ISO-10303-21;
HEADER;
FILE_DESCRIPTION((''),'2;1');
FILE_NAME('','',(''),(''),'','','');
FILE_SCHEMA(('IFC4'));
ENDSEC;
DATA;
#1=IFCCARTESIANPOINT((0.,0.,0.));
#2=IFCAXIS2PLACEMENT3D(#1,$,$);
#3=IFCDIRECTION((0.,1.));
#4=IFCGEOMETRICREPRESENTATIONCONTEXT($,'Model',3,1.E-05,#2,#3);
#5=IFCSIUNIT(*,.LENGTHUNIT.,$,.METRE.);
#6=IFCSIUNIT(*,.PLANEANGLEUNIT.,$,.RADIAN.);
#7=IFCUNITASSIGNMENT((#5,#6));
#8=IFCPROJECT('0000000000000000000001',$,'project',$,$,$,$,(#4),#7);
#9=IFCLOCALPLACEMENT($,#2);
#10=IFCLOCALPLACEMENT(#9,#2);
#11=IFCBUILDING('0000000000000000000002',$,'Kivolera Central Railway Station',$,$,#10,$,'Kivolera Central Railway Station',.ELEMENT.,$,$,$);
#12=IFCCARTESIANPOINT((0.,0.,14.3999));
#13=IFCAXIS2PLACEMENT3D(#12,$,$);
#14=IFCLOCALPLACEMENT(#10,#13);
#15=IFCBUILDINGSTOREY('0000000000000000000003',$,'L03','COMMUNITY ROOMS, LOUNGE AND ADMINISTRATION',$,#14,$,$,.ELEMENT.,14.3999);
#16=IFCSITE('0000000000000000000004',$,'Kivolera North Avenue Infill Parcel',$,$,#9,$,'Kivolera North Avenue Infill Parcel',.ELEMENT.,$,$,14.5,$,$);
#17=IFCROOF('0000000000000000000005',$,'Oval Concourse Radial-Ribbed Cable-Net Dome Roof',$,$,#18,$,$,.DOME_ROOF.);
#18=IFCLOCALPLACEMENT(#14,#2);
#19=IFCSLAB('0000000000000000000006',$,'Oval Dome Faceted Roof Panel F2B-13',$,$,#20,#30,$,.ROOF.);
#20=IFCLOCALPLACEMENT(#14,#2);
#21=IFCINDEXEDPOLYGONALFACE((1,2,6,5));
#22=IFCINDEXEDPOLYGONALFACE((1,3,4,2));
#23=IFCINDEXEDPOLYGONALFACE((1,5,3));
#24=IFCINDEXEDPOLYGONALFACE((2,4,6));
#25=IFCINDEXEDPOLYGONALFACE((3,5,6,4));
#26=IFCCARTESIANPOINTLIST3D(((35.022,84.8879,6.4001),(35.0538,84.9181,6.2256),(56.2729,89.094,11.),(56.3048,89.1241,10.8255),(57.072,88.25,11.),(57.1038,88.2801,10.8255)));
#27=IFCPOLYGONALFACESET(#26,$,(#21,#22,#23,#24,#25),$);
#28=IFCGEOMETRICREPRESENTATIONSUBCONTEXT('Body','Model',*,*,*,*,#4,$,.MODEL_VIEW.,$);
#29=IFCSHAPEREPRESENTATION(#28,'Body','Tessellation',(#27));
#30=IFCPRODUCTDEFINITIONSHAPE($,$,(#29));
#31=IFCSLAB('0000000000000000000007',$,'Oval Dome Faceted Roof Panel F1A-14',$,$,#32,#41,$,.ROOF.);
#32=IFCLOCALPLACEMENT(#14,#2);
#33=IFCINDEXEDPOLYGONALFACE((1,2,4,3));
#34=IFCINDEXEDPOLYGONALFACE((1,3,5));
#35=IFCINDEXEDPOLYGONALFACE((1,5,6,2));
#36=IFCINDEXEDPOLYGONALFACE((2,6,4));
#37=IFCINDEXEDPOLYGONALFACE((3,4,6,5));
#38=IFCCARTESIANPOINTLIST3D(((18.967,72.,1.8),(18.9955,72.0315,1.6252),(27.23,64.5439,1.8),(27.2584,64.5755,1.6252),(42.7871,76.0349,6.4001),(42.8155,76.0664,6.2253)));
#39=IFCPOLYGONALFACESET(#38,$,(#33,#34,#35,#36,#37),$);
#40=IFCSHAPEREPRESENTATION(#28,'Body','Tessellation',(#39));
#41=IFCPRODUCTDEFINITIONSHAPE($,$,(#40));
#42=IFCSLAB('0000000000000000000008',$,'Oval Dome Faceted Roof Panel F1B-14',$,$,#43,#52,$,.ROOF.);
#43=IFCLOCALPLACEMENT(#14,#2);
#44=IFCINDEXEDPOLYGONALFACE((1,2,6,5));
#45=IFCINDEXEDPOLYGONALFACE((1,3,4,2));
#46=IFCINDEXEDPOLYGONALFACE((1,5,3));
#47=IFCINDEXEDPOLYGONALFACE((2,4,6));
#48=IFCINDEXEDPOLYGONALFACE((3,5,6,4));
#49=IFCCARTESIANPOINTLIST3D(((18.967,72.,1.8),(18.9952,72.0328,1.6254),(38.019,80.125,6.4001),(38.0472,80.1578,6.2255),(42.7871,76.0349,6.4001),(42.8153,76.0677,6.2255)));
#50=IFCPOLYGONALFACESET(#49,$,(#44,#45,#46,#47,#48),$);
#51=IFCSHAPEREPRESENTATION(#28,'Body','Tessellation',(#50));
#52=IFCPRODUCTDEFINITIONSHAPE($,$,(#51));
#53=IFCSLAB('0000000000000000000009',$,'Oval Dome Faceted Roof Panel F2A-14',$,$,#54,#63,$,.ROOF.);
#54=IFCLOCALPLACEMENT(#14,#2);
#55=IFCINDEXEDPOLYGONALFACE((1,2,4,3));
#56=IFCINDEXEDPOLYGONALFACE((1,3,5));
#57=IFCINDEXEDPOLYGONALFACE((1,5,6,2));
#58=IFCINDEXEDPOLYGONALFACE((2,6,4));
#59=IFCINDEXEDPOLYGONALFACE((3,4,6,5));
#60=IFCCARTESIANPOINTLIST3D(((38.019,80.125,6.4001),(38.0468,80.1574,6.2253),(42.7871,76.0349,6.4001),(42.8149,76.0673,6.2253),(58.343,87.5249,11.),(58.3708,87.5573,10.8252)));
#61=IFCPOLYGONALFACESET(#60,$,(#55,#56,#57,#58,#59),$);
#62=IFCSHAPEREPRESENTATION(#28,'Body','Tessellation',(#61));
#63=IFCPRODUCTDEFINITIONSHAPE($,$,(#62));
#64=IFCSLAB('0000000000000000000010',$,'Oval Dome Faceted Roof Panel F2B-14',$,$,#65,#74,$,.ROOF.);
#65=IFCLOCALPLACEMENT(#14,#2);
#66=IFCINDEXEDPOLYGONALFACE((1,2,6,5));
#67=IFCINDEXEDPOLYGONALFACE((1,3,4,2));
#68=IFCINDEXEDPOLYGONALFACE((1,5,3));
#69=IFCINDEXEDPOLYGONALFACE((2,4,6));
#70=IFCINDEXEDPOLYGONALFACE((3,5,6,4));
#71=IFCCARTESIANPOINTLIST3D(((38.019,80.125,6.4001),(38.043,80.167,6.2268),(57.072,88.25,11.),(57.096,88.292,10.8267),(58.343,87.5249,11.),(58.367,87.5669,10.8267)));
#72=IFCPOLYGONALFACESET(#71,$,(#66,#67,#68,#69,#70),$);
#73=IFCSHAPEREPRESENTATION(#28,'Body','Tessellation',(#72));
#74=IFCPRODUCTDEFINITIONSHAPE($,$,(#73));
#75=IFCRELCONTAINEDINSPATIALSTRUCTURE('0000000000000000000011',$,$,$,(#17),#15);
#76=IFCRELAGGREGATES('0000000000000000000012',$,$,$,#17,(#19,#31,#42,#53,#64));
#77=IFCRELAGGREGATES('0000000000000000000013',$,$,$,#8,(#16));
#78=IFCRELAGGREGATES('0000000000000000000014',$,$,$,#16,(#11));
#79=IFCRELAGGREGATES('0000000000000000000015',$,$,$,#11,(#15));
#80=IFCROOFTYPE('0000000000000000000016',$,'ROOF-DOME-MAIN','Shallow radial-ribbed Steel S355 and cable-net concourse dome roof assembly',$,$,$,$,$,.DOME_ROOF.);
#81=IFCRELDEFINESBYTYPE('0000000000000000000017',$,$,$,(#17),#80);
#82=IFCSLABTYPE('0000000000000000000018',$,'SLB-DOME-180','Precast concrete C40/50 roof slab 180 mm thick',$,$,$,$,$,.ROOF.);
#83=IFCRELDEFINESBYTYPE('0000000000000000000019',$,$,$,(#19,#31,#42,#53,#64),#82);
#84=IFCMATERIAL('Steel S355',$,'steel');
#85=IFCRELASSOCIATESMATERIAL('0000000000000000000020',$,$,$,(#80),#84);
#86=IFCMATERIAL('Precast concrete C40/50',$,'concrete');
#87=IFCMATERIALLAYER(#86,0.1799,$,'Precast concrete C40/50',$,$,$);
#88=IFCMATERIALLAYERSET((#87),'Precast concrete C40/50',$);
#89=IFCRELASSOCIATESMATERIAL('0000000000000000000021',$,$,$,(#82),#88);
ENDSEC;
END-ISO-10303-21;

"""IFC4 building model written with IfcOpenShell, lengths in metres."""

from ifc_helpers import new_model, si_unit, direction, frame, origin, place, context, subcontext, project, spatial, polyline, outline, extrude, material, layer, layer_set, type_object, element, aggregate, save


model = new_model("IFC4")

# Units and contexts
model_context = context("Model", 3, precision=1e-05, world=origin(), true_north=direction((0.0, 1.0)))
body_context = subcontext(model_context, "Body", "Model", "MODEL_VIEW")
ifc_project = project(units=[si_unit("LENGTHUNIT", "METRE"), si_unit("PLANEANGLEUNIT", "RADIAN")], contexts=[model_context])

# Site, building, storey
site_placement = place(None, origin())
site = spatial("IfcSite", under=ifc_project, at=site_placement, Name="Kivolera North Avenue Infill Parcel", LongName="Kivolera North Avenue Infill Parcel", CompositionType="ELEMENT", RefElevation=14.5)
building_placement = place(site_placement, origin())
building = spatial("IfcBuilding", under=site, at=building_placement, Name="Kivolera Central Railway Station", LongName="Kivolera Central Railway Station", CompositionType="ELEMENT")
storey_placement = place(building_placement, frame((0.0, 0.0, 14.3999)))
storey = spatial("IfcBuildingStorey", under=building, at=storey_placement, Name="L03", Description="COMMUNITY ROOMS, LOUNGE AND ADMINISTRATION", CompositionType="ELEMENT", Elevation=14.3999)

# Shared definitions
ifc_material_1 = material(Name="Steel S355", Category="steel")

# Roof, slabs
roof_type = type_object("IfcRoofType", Name="ROOF-DOME-MAIN", Description="Shallow radial-ribbed Steel S355 and cable-net concourse dome roof assembly", PredefinedType="DOME_ROOF", material=ifc_material_1)
roof_placement = place(storey_placement, origin())
roof = element("IfcRoof", 1, at=roof_placement, inside=storey, type_object=roof_type, Name="Oval Concourse Radial-Ribbed Cable-Net Dome Roof", PredefinedType="DOME_ROOF")
ifc_material_2 = material(Name="Precast concrete C40/50", Category="concrete")
ifc_layer_1 = layer(ifc_material_2, 0.1799, Name="Precast concrete C40/50")
ifc_layer_set_1 = layer_set([ifc_layer_1], Name="Precast concrete C40/50")
slab_type = type_object("IfcSlabType", Name="SLB-DOME-180", Description="Precast concrete C40/50 roof slab 180 mm thick", PredefinedType="ROOF", material=ifc_layer_set_1)
slab_1_placement = place(storey_placement, frame((35.022, 84.8879, 6.4001), z_axis=(-0.176808, -0.167397, 0.969906), x_axis=(0.968201, 0.147625, 0.201976)))
slab_1 = element("IfcSlab", 2, at=slab_1_placement, type_object=slab_type, Name="Oval Dome Faceted Roof Panel F2B-13", PredefinedType="ROOF", context=body_context, shape_type="SweptSolid", body=[
    extrude(outline(polyline([(0.0, 0.0), (22.7743, 0.0), (22.1252, 0.9641), (0.0, 0.0)])), origin(), (0.0, 0.0, -1.0), 0.1799),
])
slab_2_placement = place(storey_placement, frame((18.967, 72.0, 1.8), z_axis=(-0.158008, -0.175108, 0.971787), x_axis=(0.742426, -0.669928, 0.0)))
slab_2 = element("IfcSlab", 3, at=slab_2_placement, type_object=slab_type, Name="Oval Dome Faceted Roof Panel F1A-14", PredefinedType="ROOF", context=body_context, shape_type="SweptSolid", body=[
    extrude(outline(polyline([(0.0, 0.0), (11.1296, 0.0), (14.9815, 19.5036), (0.0, 0.0)])), origin(), (0.0, 0.0, -1.0), 0.1799),
])
slab_3_placement = place(storey_placement, frame((18.967, 72.0, 1.8), z_axis=(-0.156541, -0.18249, 0.970666), x_axis=(0.968554, 0.164065, 0.187046)))
slab_3 = element("IfcSlab", 4, at=slab_3_placement, type_object=slab_type, Name="Oval Dome Faceted Roof Panel F1B-14", PredefinedType="ROOF", context=body_context, shape_type="SweptSolid", body=[
    extrude(outline(polyline([(0.0, 0.0), (24.5934, 0.0), (20.6463, 4.8871), (0.0, 0.0)])), origin(), (0.0, 0.0, -1.0), 0.1799),
])
slab_4_placement = place(storey_placement, frame((38.019, 80.125, 6.4001), z_axis=(-0.154357, -0.179944, 0.971491), x_axis=(0.759007, -0.651083, 0.0)))
slab_4 = element("IfcSlab", 5, at=slab_4_placement, type_object=slab_type, Name="Oval Dome Faceted Roof Panel F2A-14", PredefinedType="ROOF", context=body_context, shape_type="SweptSolid", body=[
    extrude(outline(polyline([(0.0, 0.0), (6.282, 0.0), (10.6081, 19.4023), (0.0, 0.0)])), origin(), (0.0, 0.0, -1.0), 0.1799),
])
slab_5_placement = place(storey_placement, frame((38.019, 80.125, 6.4001), z_axis=(-0.133079, -0.233269, 0.963263), x_axis=(0.9191, 0.334642, 0.208017)))
slab_5 = element("IfcSlab", 6, at=slab_5_placement, type_object=slab_type, Name="Oval Dome Faceted Roof Panel F2B-14", PredefinedType="ROOF", context=body_context, shape_type="SweptSolid", body=[
    extrude(outline(polyline([(0.0, 0.0), (22.1129, 0.0), (21.1874, 1.1334), (0.0, 0.0)])), origin(), (0.0, 0.0, -1.0), 0.1799),
])
aggregate(roof, [slab_1, slab_2, slab_3, slab_4, slab_5])

save(model, "model.ifc")
